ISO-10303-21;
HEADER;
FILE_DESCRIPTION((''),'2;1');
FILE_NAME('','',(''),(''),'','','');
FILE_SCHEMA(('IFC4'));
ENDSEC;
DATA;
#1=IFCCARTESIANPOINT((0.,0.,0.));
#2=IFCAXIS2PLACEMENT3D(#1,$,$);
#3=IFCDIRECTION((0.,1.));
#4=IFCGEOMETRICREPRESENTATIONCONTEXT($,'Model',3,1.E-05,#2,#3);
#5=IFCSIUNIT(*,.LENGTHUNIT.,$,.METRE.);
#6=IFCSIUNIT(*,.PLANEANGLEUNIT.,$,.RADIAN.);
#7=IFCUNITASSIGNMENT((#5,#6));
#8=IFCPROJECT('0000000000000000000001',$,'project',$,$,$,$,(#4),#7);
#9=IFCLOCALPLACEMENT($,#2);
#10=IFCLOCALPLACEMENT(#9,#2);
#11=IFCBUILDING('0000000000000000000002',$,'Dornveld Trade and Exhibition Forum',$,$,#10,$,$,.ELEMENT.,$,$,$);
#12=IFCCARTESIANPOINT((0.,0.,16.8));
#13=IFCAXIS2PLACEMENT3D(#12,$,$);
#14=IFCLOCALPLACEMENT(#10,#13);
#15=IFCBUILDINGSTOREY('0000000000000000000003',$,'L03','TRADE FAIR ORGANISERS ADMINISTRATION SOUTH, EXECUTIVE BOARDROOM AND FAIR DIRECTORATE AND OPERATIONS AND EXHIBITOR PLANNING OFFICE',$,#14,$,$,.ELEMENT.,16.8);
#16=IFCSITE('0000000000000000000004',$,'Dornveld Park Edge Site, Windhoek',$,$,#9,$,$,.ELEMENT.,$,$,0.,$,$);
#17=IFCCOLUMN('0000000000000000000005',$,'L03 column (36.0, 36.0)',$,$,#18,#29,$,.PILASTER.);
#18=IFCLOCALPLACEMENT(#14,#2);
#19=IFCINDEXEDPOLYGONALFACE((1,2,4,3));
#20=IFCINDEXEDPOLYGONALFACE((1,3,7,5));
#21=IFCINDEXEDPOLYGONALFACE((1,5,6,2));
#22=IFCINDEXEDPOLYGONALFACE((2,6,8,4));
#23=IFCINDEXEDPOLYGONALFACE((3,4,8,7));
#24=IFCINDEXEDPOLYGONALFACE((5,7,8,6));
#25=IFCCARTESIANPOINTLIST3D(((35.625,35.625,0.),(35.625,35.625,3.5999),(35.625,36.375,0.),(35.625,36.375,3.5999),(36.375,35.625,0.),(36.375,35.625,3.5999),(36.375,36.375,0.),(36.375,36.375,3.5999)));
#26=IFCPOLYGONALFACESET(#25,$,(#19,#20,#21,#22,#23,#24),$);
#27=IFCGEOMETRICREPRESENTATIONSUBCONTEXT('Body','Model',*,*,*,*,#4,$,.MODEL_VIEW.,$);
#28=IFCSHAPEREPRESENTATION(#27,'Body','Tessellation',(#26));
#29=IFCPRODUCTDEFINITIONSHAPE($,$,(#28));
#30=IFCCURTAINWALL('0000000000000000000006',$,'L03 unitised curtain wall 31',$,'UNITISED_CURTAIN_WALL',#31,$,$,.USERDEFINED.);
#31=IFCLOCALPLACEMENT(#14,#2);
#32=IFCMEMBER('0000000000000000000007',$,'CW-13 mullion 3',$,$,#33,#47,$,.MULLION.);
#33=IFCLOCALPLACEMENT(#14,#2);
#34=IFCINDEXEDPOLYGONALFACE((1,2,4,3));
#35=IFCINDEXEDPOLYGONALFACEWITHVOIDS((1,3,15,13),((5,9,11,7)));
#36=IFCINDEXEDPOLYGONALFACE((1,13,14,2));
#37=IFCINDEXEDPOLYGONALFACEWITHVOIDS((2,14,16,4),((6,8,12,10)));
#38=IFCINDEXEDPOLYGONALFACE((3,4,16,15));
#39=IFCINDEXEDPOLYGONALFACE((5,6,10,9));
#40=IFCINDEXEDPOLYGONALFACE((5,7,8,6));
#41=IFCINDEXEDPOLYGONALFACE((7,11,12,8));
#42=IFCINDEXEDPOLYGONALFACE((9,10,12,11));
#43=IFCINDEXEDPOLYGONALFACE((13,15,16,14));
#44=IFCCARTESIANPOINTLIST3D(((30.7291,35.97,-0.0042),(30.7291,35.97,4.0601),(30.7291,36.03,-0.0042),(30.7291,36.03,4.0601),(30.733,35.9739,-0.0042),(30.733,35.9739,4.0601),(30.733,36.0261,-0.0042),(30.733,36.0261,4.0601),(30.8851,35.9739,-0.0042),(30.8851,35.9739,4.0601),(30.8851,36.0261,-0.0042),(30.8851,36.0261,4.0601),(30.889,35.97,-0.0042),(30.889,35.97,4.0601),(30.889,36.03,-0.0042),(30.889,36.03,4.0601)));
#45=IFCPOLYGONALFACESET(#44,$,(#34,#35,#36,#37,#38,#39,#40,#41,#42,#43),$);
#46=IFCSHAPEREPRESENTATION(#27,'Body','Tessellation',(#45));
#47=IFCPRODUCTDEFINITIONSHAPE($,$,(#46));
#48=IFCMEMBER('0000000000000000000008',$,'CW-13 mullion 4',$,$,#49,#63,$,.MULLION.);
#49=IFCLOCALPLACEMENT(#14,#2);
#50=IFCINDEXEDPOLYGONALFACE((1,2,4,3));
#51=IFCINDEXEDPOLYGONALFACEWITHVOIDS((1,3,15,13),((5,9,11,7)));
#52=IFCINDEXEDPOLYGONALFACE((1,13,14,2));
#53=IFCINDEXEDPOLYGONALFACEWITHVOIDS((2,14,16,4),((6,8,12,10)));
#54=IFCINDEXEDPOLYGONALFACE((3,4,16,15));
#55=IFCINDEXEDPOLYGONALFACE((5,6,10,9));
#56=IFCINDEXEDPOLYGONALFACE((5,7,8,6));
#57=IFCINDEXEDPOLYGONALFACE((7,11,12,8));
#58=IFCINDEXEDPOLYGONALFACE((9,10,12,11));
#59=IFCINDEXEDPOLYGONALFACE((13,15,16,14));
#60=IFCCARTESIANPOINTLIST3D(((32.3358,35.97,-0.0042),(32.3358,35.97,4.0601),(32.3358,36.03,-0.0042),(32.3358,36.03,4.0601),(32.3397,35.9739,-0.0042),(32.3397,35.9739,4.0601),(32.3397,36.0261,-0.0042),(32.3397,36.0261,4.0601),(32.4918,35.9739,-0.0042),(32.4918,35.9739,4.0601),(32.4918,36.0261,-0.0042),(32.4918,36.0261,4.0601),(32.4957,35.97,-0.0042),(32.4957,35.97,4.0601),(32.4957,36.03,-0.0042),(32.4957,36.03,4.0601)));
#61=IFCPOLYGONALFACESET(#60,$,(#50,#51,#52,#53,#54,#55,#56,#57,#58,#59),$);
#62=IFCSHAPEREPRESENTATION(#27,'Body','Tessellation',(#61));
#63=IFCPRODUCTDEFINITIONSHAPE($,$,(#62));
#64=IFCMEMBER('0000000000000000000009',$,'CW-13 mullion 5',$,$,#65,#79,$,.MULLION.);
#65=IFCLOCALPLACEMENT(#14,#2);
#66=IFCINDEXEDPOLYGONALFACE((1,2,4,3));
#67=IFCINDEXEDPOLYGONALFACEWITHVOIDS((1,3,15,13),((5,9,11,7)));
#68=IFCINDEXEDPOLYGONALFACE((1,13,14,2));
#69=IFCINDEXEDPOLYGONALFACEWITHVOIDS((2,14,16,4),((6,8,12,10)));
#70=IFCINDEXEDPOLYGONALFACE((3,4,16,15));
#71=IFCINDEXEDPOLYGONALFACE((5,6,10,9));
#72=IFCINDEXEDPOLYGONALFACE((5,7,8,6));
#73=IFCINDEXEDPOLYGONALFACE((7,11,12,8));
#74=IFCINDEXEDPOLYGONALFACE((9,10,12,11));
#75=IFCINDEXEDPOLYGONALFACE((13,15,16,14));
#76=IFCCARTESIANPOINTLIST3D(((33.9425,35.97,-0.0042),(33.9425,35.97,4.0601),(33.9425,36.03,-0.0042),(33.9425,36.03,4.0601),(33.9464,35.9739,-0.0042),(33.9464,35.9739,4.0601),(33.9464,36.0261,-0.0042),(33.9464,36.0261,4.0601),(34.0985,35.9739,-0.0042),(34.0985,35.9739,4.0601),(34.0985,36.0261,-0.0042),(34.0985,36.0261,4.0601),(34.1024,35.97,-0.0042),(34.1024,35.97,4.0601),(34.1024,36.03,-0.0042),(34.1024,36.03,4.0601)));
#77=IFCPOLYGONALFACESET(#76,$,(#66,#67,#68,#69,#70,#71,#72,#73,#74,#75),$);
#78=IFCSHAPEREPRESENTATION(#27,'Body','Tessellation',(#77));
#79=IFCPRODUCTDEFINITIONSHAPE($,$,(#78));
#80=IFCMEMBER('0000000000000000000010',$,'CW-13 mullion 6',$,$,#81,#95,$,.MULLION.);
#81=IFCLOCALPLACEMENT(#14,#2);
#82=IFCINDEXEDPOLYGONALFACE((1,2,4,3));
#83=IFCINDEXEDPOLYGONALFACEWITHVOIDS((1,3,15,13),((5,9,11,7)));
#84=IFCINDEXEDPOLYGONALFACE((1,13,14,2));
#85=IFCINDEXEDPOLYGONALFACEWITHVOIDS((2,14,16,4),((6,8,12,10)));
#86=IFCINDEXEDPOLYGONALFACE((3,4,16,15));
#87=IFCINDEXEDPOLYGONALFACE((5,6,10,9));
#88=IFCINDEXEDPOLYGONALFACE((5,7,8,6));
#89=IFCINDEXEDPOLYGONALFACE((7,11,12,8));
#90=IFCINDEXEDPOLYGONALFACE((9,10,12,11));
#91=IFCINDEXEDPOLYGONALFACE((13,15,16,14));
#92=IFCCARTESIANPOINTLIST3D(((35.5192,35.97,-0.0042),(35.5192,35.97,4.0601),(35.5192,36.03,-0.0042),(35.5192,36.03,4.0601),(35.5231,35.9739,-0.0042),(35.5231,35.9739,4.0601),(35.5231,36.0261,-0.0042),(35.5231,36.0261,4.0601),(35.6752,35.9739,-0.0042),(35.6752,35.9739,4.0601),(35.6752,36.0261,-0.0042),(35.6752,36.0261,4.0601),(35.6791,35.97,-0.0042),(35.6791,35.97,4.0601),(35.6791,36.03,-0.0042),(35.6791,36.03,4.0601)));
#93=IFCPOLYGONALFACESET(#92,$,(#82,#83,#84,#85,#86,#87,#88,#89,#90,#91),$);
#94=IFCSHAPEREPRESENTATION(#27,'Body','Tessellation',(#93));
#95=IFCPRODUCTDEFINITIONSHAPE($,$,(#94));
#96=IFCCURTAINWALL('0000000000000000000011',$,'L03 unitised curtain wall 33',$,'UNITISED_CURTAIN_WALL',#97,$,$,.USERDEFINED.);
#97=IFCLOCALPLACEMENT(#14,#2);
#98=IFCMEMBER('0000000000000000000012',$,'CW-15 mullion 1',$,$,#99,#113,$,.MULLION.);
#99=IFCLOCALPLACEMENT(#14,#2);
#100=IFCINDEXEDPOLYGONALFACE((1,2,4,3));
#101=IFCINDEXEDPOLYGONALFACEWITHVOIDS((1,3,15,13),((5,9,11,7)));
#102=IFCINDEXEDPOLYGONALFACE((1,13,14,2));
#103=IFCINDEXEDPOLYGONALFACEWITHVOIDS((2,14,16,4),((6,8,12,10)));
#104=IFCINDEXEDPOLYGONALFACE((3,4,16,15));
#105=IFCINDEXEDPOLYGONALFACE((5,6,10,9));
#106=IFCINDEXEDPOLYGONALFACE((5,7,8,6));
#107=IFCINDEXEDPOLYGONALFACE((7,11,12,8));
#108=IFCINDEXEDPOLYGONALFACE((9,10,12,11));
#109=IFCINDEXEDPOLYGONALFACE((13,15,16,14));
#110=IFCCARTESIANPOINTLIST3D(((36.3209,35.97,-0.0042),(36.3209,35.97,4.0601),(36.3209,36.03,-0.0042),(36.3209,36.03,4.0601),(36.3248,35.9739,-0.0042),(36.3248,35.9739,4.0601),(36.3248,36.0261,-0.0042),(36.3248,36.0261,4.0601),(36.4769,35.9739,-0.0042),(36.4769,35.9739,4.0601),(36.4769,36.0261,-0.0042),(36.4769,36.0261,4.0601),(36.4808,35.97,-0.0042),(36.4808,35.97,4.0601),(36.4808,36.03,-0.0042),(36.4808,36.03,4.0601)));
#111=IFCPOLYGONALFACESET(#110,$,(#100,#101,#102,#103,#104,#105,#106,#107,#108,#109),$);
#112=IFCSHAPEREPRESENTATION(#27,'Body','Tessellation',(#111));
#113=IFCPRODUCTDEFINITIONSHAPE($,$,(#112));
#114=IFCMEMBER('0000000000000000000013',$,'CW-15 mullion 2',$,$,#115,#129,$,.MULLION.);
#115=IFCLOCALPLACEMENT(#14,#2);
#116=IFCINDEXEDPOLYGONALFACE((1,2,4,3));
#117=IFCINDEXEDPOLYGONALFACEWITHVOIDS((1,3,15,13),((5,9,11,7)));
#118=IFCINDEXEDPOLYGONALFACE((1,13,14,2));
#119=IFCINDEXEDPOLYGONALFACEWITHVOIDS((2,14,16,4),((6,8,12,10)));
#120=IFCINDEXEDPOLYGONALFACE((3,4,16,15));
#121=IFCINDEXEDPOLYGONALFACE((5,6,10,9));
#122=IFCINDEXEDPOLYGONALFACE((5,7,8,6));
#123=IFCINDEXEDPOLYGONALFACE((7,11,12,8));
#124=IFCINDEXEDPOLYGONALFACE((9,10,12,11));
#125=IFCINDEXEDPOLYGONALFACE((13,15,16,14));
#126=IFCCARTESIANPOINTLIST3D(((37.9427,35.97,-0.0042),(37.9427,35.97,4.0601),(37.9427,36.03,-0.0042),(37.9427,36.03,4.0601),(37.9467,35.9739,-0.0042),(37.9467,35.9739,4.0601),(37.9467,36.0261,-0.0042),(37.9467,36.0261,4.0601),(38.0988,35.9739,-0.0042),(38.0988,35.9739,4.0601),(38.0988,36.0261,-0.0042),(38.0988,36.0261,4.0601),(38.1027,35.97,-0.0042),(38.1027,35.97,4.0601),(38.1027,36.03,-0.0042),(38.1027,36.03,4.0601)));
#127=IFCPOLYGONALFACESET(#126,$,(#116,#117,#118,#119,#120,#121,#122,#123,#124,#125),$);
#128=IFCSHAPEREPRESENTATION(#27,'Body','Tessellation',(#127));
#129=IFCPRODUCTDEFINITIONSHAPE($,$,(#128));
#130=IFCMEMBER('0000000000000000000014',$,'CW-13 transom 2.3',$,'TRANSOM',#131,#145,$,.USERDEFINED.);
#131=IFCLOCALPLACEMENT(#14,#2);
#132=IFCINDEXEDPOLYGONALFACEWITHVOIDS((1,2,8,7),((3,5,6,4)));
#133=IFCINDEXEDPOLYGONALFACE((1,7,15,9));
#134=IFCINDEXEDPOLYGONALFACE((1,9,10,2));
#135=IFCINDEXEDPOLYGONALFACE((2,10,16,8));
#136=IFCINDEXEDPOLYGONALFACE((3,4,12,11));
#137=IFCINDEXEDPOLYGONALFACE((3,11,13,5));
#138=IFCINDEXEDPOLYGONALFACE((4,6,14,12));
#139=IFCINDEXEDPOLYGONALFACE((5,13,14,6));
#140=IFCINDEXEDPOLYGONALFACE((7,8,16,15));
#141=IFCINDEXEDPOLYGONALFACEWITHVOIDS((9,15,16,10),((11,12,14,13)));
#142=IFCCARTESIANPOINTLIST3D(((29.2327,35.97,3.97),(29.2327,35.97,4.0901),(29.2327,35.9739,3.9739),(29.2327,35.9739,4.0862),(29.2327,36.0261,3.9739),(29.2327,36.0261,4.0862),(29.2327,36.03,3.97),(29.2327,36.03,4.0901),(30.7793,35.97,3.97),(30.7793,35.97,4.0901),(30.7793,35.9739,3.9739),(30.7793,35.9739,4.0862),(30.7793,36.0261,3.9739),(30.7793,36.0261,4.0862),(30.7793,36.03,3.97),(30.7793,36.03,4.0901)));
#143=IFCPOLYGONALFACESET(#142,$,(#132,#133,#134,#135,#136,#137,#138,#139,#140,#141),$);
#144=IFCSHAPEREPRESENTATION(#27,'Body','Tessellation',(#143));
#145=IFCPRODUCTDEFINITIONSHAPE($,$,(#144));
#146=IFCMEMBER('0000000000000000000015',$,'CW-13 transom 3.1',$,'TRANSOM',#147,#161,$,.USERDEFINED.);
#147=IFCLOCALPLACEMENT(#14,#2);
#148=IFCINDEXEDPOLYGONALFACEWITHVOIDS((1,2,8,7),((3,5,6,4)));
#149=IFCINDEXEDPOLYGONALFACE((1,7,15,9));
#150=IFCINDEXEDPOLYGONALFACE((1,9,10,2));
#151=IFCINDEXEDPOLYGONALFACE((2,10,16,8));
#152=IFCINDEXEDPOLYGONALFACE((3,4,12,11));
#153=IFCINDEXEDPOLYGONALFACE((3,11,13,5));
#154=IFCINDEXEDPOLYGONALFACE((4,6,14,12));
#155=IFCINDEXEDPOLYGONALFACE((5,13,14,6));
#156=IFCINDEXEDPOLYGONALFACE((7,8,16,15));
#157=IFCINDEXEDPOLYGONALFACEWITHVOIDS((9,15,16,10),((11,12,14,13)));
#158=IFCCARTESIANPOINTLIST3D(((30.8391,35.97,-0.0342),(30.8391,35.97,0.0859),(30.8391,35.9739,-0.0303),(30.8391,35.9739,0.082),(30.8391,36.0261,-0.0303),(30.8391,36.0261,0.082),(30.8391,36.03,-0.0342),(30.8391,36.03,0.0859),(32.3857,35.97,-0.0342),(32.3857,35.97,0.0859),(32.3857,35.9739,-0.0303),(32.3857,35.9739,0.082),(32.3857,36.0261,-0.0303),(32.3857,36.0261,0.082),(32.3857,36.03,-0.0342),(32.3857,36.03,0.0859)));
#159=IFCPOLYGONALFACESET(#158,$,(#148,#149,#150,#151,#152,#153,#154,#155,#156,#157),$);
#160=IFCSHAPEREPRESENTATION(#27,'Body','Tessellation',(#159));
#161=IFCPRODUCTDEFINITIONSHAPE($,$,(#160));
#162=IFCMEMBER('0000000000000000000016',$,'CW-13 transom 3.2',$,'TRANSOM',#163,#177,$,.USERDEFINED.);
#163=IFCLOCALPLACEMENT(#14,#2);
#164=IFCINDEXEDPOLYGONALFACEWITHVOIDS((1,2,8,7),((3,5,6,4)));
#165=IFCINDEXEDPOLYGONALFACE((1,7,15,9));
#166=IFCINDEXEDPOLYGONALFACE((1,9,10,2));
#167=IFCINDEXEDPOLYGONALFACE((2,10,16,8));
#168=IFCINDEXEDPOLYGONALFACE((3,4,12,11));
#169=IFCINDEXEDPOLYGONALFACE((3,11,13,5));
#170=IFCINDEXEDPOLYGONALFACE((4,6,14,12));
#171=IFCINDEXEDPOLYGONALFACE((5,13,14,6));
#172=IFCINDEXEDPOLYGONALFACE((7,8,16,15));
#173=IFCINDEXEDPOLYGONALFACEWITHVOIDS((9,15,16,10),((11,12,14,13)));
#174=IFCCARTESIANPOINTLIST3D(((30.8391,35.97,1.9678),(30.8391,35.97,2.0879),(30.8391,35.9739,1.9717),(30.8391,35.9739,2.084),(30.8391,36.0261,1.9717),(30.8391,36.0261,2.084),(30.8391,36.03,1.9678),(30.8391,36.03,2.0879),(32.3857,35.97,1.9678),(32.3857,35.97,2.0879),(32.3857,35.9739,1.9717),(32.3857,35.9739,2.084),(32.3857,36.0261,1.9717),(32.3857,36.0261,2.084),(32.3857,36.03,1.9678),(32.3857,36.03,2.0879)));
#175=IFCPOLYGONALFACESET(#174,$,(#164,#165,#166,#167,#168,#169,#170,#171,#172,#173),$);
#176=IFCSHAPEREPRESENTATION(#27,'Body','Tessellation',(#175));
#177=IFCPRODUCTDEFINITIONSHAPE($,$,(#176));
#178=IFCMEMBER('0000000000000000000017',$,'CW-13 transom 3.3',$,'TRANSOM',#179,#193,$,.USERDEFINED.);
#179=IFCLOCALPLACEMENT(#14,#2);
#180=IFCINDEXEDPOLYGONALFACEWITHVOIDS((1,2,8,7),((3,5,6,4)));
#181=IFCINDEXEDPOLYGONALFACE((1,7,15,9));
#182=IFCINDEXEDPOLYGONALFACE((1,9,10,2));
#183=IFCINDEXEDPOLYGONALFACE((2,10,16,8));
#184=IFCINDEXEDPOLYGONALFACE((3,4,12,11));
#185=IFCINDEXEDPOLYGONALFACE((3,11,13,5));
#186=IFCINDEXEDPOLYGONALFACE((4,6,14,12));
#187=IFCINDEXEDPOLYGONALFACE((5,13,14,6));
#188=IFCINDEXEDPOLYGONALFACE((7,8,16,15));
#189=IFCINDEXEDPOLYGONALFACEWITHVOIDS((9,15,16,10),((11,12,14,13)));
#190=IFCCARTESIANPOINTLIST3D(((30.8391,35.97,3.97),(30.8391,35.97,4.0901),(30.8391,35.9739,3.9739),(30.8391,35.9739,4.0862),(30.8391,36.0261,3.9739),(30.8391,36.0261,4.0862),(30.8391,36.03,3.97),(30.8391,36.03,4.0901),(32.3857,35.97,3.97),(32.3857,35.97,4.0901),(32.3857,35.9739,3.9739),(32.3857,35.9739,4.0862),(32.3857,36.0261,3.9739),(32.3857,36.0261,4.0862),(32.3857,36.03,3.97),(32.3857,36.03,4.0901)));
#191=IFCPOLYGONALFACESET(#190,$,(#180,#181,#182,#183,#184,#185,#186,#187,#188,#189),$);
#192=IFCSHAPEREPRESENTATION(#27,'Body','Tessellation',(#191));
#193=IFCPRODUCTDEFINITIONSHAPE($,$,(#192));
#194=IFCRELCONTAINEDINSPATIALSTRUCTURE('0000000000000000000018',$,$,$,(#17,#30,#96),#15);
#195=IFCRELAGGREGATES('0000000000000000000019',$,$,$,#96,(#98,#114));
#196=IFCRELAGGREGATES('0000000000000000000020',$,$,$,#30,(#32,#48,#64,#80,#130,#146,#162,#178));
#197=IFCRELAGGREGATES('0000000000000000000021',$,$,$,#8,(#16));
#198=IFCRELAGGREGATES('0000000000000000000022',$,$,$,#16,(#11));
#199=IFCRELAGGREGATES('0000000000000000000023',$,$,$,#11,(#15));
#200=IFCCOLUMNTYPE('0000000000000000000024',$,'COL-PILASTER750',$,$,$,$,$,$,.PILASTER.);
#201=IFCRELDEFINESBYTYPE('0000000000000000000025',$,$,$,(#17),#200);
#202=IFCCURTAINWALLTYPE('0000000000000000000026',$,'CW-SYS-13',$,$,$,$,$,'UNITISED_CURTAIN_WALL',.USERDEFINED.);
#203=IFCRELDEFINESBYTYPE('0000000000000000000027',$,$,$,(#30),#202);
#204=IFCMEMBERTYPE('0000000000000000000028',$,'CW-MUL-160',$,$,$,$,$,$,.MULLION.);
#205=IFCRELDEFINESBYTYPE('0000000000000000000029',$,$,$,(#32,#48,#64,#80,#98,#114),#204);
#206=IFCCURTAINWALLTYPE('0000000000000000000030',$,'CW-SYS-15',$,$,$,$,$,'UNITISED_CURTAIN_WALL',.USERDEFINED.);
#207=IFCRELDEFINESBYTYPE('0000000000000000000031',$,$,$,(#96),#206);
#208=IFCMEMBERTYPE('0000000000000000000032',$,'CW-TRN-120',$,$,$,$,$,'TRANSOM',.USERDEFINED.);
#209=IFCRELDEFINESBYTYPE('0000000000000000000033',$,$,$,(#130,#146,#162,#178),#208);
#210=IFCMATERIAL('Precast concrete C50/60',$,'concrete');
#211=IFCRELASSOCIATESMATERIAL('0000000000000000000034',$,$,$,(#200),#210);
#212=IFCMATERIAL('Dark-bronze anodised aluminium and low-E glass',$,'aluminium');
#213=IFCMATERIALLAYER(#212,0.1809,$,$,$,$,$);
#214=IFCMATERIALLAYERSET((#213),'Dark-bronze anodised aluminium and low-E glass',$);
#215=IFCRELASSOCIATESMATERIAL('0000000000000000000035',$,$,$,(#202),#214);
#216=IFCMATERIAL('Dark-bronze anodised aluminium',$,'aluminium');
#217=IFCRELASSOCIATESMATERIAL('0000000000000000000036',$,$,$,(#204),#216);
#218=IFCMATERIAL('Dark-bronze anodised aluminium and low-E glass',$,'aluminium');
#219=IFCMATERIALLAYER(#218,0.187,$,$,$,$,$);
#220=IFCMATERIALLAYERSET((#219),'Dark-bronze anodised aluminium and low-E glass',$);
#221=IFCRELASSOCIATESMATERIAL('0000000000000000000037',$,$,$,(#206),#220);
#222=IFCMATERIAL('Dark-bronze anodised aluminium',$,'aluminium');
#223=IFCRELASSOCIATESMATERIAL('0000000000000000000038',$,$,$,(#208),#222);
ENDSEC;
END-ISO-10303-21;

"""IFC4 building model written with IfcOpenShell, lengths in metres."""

from ifc_helpers import new_model, si_unit, direction, frame, origin, origin_2d, place, context, subcontext, project, spatial, rectangle, hollow_rectangle, extrude, material, layer, layer_set, material_profile, profile_set, type_object, element, aggregate, save


model = new_model("IFC4")

# Units and contexts
model_context = context("Model", 3, precision=1e-05, world=origin(), true_north=direction((0.0, 1.0)))
body_context = subcontext(model_context, "Body", "Model", "MODEL_VIEW")
ifc_project = project(units=[si_unit("LENGTHUNIT", "METRE"), si_unit("PLANEANGLEUNIT", "RADIAN")], contexts=[model_context])

# Site, building, storey
site_placement = place(None, origin())
site = spatial("IfcSite", under=ifc_project, at=site_placement, Name="Dornveld Park Edge Site, Windhoek", CompositionType="ELEMENT", RefElevation=0.0)
building_placement = place(site_placement, origin())
building = spatial("IfcBuilding", under=site, at=building_placement, Name="Dornveld Trade and Exhibition Forum", CompositionType="ELEMENT")
storey_placement = place(building_placement, frame((0.0, 0.0, 16.8)))
storey = spatial("IfcBuildingStorey", under=building, at=storey_placement, Name="L03", Description="TRADE FAIR ORGANISERS ADMINISTRATION SOUTH, EXECUTIVE BOARDROOM AND FAIR DIRECTORATE AND OPERATIONS AND EXHIBITOR PLANNING OFFICE", CompositionType="ELEMENT", Elevation=16.8)

# Column
ifc_material_1 = material(Name="Precast concrete C50/60", Category="concrete")
ifc_material_profile_1 = material_profile(ifc_material_1, rectangle(XDim=0.75, YDim=0.75, at=origin_2d()), Name="PC-COL 750x750")
ifc_profile_set_1 = profile_set([ifc_material_profile_1], Name="Precast concrete C50/60")
column_type = type_object("IfcColumnType", Name="COL-PILASTER750", PredefinedType="PILASTER", material=ifc_profile_set_1)
column_placement = place(storey_placement, frame((36.0, 36.0, 0.0), z_axis=(0.0, 0.0, 1.0), x_axis=(1.0, 0.0, 0.0)))
element("IfcColumn", 1, at=column_placement, inside=storey, type_object=column_type, Name="L03 column (36.0, 36.0)", PredefinedType="PILASTER", context=body_context, shape_type="SweptSolid", body=[
    extrude(rectangle(XDim=0.75, YDim=0.75, at=origin_2d()), origin(), (0.0, 0.0, 1.0), 3.5999),
])

# Curtain walls, members
ifc_material_2 = material(Name="Dark-bronze anodised aluminium and low-E glass", Category="aluminium")
ifc_layer_1 = layer(ifc_material_2, 0.1809)
ifc_layer_set_1 = layer_set([ifc_layer_1], Name="Dark-bronze anodised aluminium and low-E glass")
curtain_wall_type_1 = type_object("IfcCurtainWallType", Name="CW-SYS-13", ElementType="UNITISED_CURTAIN_WALL", PredefinedType="USERDEFINED", material=ifc_layer_set_1)
curtain_wall_1_placement = place(storey_placement, origin())
curtain_wall_1 = element("IfcCurtainWall", 2, at=curtain_wall_1_placement, inside=storey, type_object=curtain_wall_type_1, Name="L03 unitised curtain wall 31", ObjectType="UNITISED_CURTAIN_WALL", PredefinedType="USERDEFINED")
ifc_material_3 = material(Name="Dark-bronze anodised aluminium", Category="aluminium")
ifc_material_profile_2 = material_profile(ifc_material_3, hollow_rectangle(XDim=0.0601, YDim=0.1599, WallThickness=0.0039, at=origin_2d()), Name="RHS 160x60x4")
ifc_profile_set_2 = profile_set([ifc_material_profile_2], Name="Dark-bronze anodised aluminium")
member_type_1 = type_object("IfcMemberType", Name="CW-MUL-160", PredefinedType="MULLION", material=ifc_profile_set_2)
member_1_placement = place(storey_placement, frame((30.8091, 36.0, -0.0042), z_axis=(0.0, 0.0, 1.0), x_axis=(0.0, 1.0, 0.0)))
member_1 = element("IfcMember", 3, at=member_1_placement, type_object=member_type_1, Name="CW-13 mullion 3", PredefinedType="MULLION", context=body_context, shape_type="SweptSolid", body=[
    extrude(hollow_rectangle(XDim=0.0601, YDim=0.1599, WallThickness=0.0039, at=origin_2d()), origin(), (0.0, 0.0, 1.0), 4.0642),
])
member_2_placement = place(storey_placement, frame((32.4158, 36.0, -0.0042), z_axis=(0.0, 0.0, 1.0), x_axis=(0.0, 1.0, 0.0)))
member_2 = element("IfcMember", 4, at=member_2_placement, type_object=member_type_1, Name="CW-13 mullion 4", PredefinedType="MULLION", context=body_context, shape_type="SweptSolid", body=[
    extrude(hollow_rectangle(XDim=0.0601, YDim=0.1599, WallThickness=0.0039, at=origin_2d()), origin(), (0.0, 0.0, 1.0), 4.0642),
])
member_3_placement = place(storey_placement, frame((34.0225, 36.0, -0.0042), z_axis=(0.0, 0.0, 1.0), x_axis=(0.0, 1.0, 0.0)))
member_3 = element("IfcMember", 5, at=member_3_placement, type_object=member_type_1, Name="CW-13 mullion 5", PredefinedType="MULLION", context=body_context, shape_type="SweptSolid", body=[
    extrude(hollow_rectangle(XDim=0.0601, YDim=0.1599, WallThickness=0.0039, at=origin_2d()), origin(), (0.0, 0.0, 1.0), 4.0642),
])
member_4_placement = place(storey_placement, frame((35.5991, 36.0, -0.0042), z_axis=(0.0, 0.0, 1.0), x_axis=(0.0, 1.0, 0.0)))
member_4 = element("IfcMember", 6, at=member_4_placement, type_object=member_type_1, Name="CW-13 mullion 6", PredefinedType="MULLION", context=body_context, shape_type="SweptSolid", body=[
    extrude(hollow_rectangle(XDim=0.0601, YDim=0.1599, WallThickness=0.0039, at=origin_2d()), origin(), (0.0, 0.0, 1.0), 4.0642),
])
ifc_material_4 = material(Name="Dark-bronze anodised aluminium and low-E glass", Category="aluminium")
ifc_layer_2 = layer(ifc_material_4, 0.187)
ifc_layer_set_2 = layer_set([ifc_layer_2], Name="Dark-bronze anodised aluminium and low-E glass")
curtain_wall_type_2 = type_object("IfcCurtainWallType", Name="CW-SYS-15", ElementType="UNITISED_CURTAIN_WALL", PredefinedType="USERDEFINED", material=ifc_layer_set_2)
curtain_wall_2_placement = place(storey_placement, origin())
curtain_wall_2 = element("IfcCurtainWall", 7, at=curtain_wall_2_placement, inside=storey, type_object=curtain_wall_type_2, Name="L03 unitised curtain wall 33", ObjectType="UNITISED_CURTAIN_WALL", PredefinedType="USERDEFINED")
member_5_placement = place(storey_placement, frame((36.4009, 36.0, -0.0042), z_axis=(0.0, 0.0, 1.0), x_axis=(0.0, 1.0, 0.0)))
member_5 = element("IfcMember", 8, at=member_5_placement, type_object=member_type_1, Name="CW-15 mullion 1", PredefinedType="MULLION", context=body_context, shape_type="SweptSolid", body=[
    extrude(hollow_rectangle(XDim=0.0601, YDim=0.1599, WallThickness=0.0039, at=origin_2d()), origin(), (0.0, 0.0, 1.0), 4.0642),
])
member_6_placement = place(storey_placement, frame((38.0227, 36.0, -0.0042), z_axis=(0.0, 0.0, 1.0), x_axis=(0.0, 1.0, 0.0)))
member_6 = element("IfcMember", 9, at=member_6_placement, type_object=member_type_1, Name="CW-15 mullion 2", PredefinedType="MULLION", context=body_context, shape_type="SweptSolid", body=[
    extrude(hollow_rectangle(XDim=0.0601, YDim=0.1599, WallThickness=0.0039, at=origin_2d()), origin(), (0.0, 0.0, 1.0), 4.0642),
])

# Members
ifc_material_5 = material(Name="Dark-bronze anodised aluminium", Category="aluminium")
ifc_material_profile_3 = material_profile(ifc_material_5, hollow_rectangle(XDim=0.0601, YDim=0.1201, WallThickness=0.0039, at=origin_2d()), Name="RHS 120x60x4")
ifc_profile_set_3 = profile_set([ifc_material_profile_3], Name="Dark-bronze anodised aluminium")
member_type_2 = type_object("IfcMemberType", Name="CW-TRN-120", ElementType="TRANSOM", PredefinedType="USERDEFINED", material=ifc_profile_set_3)
member_7_placement = place(storey_placement, frame((29.2327, 36.0, 4.03), z_axis=(1.0, 0.0, 0.0), x_axis=(0.0, 1.0, 0.0)))
member_7 = element("IfcMember", 10, at=member_7_placement, type_object=member_type_2, Name="CW-13 transom 2.3", ObjectType="TRANSOM", PredefinedType="USERDEFINED", context=body_context, shape_type="SweptSolid", body=[
    extrude(hollow_rectangle(XDim=0.0601, YDim=0.1201, WallThickness=0.0039, at=origin_2d()), origin(), (0.0, 0.0, 1.0), 1.5466),
])
member_8_placement = place(storey_placement, frame((30.8391, 36.0, 0.0259), z_axis=(1.0, 0.0, 0.0), x_axis=(0.0, 1.0, 0.0)))
member_8 = element("IfcMember", 11, at=member_8_placement, type_object=member_type_2, Name="CW-13 transom 3.1", ObjectType="TRANSOM", PredefinedType="USERDEFINED", context=body_context, shape_type="SweptSolid", body=[
    extrude(hollow_rectangle(XDim=0.0601, YDim=0.1201, WallThickness=0.0039, at=origin_2d()), origin(), (0.0, 0.0, 1.0), 1.5466),
])
member_9_placement = place(storey_placement, frame((30.8391, 36.0, 2.0278), z_axis=(1.0, 0.0, 0.0), x_axis=(0.0, 1.0, 0.0)))
member_9 = element("IfcMember", 12, at=member_9_placement, type_object=member_type_2, Name="CW-13 transom 3.2", ObjectType="TRANSOM", PredefinedType="USERDEFINED", context=body_context, shape_type="SweptSolid", body=[
    extrude(hollow_rectangle(XDim=0.0601, YDim=0.1201, WallThickness=0.0039, at=origin_2d()), origin(), (0.0, 0.0, 1.0), 1.5466),
])
member_10_placement = place(storey_placement, frame((30.8391, 36.0, 4.03), z_axis=(1.0, 0.0, 0.0), x_axis=(0.0, 1.0, 0.0)))
member_10 = element("IfcMember", 13, at=member_10_placement, type_object=member_type_2, Name="CW-13 transom 3.3", ObjectType="TRANSOM", PredefinedType="USERDEFINED", context=body_context, shape_type="SweptSolid", body=[
    extrude(hollow_rectangle(XDim=0.0601, YDim=0.1201, WallThickness=0.0039, at=origin_2d()), origin(), (0.0, 0.0, 1.0), 1.5466),
])

aggregate(curtain_wall_2, [member_5, member_6])
aggregate(curtain_wall_1, [member_1, member_2, member_3, member_4, member_7, member_8, member_9, member_10])

save(model, "model.ifc")
